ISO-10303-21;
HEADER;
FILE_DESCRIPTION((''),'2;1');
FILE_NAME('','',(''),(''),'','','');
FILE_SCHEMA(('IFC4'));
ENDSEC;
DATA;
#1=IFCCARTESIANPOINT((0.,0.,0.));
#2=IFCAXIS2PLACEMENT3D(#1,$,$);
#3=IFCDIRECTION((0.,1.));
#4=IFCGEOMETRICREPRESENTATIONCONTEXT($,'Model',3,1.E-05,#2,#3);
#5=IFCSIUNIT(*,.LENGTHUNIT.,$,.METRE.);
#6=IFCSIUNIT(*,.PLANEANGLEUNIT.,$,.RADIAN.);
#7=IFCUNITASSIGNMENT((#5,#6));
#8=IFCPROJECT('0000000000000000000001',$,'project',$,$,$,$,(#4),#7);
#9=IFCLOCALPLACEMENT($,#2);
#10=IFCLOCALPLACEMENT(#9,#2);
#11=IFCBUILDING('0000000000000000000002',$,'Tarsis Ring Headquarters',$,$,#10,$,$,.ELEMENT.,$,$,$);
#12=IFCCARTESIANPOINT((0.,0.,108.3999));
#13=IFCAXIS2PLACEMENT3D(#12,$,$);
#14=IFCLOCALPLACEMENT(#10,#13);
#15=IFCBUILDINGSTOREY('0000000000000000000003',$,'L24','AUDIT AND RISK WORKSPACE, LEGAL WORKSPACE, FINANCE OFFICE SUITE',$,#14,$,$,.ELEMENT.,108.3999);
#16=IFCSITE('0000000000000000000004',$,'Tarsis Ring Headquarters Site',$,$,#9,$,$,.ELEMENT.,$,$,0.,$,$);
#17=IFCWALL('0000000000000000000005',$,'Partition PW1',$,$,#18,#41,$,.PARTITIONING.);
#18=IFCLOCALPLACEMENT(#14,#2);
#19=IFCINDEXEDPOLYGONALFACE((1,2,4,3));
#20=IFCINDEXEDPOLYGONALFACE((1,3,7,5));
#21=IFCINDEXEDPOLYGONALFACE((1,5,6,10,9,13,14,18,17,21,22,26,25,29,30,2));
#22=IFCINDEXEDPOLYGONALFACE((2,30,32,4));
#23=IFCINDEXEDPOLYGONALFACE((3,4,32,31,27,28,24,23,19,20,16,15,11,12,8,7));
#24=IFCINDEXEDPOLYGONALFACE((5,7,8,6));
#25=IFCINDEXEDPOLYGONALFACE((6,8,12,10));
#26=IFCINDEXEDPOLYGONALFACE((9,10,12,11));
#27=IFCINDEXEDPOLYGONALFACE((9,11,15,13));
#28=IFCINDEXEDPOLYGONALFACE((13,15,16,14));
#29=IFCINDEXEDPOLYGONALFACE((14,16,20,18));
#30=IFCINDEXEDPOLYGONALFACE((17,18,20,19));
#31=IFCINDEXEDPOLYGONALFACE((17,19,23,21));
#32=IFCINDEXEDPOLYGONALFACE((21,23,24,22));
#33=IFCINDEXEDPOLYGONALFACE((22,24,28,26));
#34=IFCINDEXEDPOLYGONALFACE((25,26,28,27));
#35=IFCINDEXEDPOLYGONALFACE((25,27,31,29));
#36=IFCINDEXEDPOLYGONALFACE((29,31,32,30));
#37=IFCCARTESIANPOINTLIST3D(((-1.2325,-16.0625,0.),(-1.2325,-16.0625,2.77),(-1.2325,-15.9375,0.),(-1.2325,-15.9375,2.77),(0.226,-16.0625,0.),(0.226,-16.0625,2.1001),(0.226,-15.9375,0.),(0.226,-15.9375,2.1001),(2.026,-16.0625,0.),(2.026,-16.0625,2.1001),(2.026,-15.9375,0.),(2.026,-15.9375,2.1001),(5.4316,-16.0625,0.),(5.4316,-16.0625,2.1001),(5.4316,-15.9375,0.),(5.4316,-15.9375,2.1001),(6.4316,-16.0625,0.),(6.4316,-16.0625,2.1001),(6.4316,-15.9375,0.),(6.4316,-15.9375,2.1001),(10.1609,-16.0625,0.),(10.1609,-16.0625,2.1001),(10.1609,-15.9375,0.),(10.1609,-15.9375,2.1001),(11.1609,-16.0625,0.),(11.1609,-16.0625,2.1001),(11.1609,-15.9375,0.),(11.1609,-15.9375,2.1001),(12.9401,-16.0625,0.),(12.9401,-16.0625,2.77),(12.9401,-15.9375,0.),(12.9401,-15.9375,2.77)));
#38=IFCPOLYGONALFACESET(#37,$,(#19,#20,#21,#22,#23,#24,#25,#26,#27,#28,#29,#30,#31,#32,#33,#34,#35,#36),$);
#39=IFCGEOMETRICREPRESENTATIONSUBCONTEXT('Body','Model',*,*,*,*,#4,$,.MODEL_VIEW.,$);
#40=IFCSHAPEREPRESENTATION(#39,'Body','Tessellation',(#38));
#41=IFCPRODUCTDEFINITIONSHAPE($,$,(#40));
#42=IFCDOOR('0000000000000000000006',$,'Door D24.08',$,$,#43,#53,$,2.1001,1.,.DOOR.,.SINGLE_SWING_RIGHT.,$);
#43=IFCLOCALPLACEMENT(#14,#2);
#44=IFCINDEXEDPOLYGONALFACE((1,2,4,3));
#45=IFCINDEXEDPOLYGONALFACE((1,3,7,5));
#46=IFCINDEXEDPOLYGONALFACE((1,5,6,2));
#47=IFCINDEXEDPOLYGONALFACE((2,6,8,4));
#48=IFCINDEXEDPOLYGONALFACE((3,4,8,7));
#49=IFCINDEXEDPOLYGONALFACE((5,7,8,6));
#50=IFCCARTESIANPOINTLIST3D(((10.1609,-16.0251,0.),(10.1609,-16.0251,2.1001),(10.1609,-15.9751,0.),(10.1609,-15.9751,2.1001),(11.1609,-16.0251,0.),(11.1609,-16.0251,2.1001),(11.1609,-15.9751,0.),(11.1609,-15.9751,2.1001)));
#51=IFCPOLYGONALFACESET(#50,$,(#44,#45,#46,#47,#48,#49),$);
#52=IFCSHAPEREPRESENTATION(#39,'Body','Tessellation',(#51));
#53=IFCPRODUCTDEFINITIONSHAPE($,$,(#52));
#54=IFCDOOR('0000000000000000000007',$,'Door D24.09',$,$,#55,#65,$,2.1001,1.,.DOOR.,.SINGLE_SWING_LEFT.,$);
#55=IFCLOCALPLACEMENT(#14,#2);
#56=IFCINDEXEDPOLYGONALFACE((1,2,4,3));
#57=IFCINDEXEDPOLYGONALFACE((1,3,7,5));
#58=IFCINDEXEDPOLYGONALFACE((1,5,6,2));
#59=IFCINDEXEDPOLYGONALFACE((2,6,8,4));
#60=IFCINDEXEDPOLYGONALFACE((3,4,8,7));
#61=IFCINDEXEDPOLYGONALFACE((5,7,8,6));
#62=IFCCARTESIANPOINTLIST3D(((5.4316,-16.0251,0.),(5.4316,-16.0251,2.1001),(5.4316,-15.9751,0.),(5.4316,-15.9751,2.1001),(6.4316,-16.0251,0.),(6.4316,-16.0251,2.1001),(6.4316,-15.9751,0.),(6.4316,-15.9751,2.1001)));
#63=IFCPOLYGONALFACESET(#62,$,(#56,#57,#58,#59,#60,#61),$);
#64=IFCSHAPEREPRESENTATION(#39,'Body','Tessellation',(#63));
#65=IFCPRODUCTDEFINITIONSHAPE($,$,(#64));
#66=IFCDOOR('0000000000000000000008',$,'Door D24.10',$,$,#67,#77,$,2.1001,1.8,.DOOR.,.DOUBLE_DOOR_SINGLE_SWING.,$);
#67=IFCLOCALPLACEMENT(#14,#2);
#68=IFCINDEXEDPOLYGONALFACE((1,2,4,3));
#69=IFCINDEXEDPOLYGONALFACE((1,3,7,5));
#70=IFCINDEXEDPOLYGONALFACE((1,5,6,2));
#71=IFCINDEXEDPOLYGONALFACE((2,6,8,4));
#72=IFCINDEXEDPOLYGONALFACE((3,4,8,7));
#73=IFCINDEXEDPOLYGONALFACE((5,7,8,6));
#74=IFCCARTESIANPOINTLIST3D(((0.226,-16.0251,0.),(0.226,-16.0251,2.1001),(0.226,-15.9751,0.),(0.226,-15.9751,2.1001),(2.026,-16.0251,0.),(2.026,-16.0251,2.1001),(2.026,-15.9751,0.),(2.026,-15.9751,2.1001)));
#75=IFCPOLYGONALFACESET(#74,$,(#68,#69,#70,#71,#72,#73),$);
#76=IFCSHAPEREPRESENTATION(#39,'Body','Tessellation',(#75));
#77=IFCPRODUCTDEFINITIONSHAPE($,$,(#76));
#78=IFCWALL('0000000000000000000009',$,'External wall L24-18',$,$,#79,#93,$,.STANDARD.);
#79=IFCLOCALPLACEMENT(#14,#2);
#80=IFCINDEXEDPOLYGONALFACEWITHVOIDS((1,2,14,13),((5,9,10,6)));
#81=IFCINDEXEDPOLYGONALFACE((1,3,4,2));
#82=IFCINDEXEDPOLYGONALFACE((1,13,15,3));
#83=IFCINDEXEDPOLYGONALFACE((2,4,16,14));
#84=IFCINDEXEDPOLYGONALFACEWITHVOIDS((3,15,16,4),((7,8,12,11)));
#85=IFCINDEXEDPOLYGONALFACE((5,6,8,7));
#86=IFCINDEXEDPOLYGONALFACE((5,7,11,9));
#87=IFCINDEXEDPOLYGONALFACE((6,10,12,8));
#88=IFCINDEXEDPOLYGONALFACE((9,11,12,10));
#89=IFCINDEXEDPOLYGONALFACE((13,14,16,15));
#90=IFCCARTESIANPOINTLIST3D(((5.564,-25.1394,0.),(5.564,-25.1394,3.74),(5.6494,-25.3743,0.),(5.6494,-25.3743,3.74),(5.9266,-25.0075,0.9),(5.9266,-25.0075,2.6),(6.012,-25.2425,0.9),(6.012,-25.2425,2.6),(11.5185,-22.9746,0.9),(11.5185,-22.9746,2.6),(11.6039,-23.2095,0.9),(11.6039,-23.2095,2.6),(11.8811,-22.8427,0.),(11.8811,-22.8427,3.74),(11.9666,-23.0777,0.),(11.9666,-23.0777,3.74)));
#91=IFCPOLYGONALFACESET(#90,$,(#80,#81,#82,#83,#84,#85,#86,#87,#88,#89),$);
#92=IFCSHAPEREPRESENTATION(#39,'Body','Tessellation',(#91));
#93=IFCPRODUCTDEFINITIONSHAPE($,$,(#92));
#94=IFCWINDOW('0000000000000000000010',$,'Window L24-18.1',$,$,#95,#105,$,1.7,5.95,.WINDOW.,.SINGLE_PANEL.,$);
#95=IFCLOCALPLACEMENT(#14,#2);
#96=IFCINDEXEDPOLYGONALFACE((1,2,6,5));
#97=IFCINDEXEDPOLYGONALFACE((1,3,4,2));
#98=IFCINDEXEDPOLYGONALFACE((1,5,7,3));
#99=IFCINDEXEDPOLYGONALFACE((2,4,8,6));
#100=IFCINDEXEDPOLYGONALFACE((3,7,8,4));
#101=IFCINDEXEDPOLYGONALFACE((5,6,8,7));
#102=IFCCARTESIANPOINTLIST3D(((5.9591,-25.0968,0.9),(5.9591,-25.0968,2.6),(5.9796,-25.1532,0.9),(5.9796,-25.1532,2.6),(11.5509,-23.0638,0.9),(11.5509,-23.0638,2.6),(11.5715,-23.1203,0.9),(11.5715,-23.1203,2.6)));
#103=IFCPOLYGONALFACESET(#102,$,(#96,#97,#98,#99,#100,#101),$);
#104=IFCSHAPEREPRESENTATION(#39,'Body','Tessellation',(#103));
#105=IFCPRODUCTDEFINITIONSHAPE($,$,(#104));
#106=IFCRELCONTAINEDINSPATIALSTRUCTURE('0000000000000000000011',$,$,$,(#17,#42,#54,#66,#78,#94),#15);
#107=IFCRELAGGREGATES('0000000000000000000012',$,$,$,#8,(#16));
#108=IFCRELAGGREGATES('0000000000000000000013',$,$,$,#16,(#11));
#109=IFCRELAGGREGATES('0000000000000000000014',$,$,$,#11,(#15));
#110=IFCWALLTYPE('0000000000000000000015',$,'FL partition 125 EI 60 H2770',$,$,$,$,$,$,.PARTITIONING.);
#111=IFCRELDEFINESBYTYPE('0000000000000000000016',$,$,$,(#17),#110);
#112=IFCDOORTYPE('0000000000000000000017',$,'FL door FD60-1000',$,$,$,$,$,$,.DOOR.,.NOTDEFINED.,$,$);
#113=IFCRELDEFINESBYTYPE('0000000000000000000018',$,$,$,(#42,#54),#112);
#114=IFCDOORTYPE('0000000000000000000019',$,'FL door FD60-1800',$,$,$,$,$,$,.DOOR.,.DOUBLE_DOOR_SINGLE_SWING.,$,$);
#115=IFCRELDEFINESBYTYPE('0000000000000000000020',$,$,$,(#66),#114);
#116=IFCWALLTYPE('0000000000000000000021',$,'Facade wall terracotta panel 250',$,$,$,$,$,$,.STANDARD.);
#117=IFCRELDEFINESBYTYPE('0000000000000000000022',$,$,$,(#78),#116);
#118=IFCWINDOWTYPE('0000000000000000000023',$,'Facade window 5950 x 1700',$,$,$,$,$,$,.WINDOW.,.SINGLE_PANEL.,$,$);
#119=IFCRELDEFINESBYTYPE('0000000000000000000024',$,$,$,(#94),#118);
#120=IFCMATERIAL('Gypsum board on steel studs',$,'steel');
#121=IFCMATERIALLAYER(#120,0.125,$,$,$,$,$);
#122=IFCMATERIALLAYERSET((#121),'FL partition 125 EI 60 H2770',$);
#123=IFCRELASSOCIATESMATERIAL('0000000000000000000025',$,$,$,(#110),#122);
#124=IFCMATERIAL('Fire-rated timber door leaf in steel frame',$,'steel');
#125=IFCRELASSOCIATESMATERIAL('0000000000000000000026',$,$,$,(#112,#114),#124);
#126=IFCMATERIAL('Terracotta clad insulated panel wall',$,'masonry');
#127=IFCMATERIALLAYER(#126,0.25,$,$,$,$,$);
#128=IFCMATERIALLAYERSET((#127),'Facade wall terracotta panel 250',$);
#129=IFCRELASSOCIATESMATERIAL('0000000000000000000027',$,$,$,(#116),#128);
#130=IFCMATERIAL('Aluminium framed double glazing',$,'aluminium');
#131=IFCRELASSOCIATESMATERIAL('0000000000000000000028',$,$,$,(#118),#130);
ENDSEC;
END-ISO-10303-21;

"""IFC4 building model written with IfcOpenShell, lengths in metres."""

from ifc_helpers import new_model, si_unit, direction, frame, frame_2d, origin, place, context, subcontext, project, spatial, rectangle, extrude, material, layer, layer_set, type_object, element, fill, save


model = new_model("IFC4")

# Units and contexts
model_context = context("Model", 3, precision=1e-05, world=origin(), true_north=direction((0.0, 1.0)))
body_context = subcontext(model_context, "Body", "Model", "MODEL_VIEW")
ifc_project = project(units=[si_unit("LENGTHUNIT", "METRE"), si_unit("PLANEANGLEUNIT", "RADIAN")], contexts=[model_context])

# Site, building, storey
site_placement = place(None, origin())
site = spatial("IfcSite", under=ifc_project, at=site_placement, Name="Tarsis Ring Headquarters Site", CompositionType="ELEMENT", RefElevation=0.0)
building_placement = place(site_placement, origin())
building = spatial("IfcBuilding", under=site, at=building_placement, Name="Tarsis Ring Headquarters", CompositionType="ELEMENT")
storey_placement = place(building_placement, frame((0.0, 0.0, 108.3999)))
storey = spatial("IfcBuildingStorey", under=building, at=storey_placement, Name="L24", Description="AUDIT AND RISK WORKSPACE, LEGAL WORKSPACE, FINANCE OFFICE SUITE", CompositionType="ELEMENT", Elevation=108.3999)

# Shared definitions
ifc_material_1 = material(Name="Gypsum board on steel studs", Category="steel")

# Wall, openings, doors
ifc_layer_1 = layer(ifc_material_1, 0.125)
ifc_layer_set_1 = layer_set([ifc_layer_1], Name="FL partition 125 EI 60 H2770")
wall_type_1 = type_object("IfcWallType", Name="FL partition 125 EI 60 H2770", PredefinedType="PARTITIONING", material=ifc_layer_set_1)
wall_1_placement = place(storey_placement, frame((-1.2327, -16.0, 0.0), z_axis=(0.0, 0.0, 1.0), x_axis=(1.0, 0.0, 0.0)))
wall_1 = element("IfcWall", 1, at=wall_1_placement, inside=storey, type_object=wall_type_1, Name="Partition PW1", PredefinedType="PARTITIONING", context=body_context, shape_type="SweptSolid", body=[
    extrude(rectangle(XDim=14.1726, YDim=0.125, at=frame_2d((7.0864, 0.0))), origin(), (0.0, 0.0, 1.0), 2.77),
])
opening_1_placement = place(wall_1_placement, frame((11.3936, 0.0, 0.0)))
opening_1 = element("IfcOpeningElement", 2, at=opening_1_placement, cuts=wall_1, PredefinedType="OPENING", context=body_context, shape_type="SweptSolid", body=[
    extrude(rectangle(XDim=1.0, YDim=2.1001, at=frame_2d((0.5, 1.05))), frame((0.0, 0.0725, 0.0), z_axis=(0.0, -1.0, 0.0), x_axis=(1.0, 0.0, 0.0)), (0.0, 0.0, 1.0), 0.145),
])
opening_2_placement = place(wall_1_placement, frame((6.6643, 0.0, 0.0)))
opening_2 = element("IfcOpeningElement", 3, at=opening_2_placement, cuts=wall_1, PredefinedType="OPENING", context=body_context, shape_type="SweptSolid", body=[
    extrude(rectangle(XDim=1.0, YDim=2.1001, at=frame_2d((0.5, 1.05))), frame((0.0, 0.0725, 0.0), z_axis=(0.0, -1.0, 0.0), x_axis=(1.0, 0.0, 0.0)), (0.0, 0.0, 1.0), 0.145),
])
opening_3_placement = place(wall_1_placement, frame((1.4587, 0.0, 0.0)))
opening_3 = element("IfcOpeningElement", 4, at=opening_3_placement, cuts=wall_1, PredefinedType="OPENING", context=body_context, shape_type="SweptSolid", body=[
    extrude(rectangle(XDim=1.8, YDim=2.1001, at=frame_2d((0.8999, 1.05))), frame((0.0, 0.0725, 0.0), z_axis=(0.0, -1.0, 0.0), x_axis=(1.0, 0.0, 0.0)), (0.0, 0.0, 1.0), 0.145),
])
ifc_material_2 = material(Name="Fire-rated timber door leaf in steel frame", Category="steel")
door_type_1 = type_object("IfcDoorType", Name="FL door FD60-1000", OperationType="NOTDEFINED", PredefinedType="DOOR", material=ifc_material_2)
door_1_placement = place(opening_1_placement, origin())
door_1 = element("IfcDoor", 5, at=door_1_placement, inside=storey, type_object=door_type_1, Name="Door D24.08", OperationType="SINGLE_SWING_RIGHT", OverallHeight=2.1001, OverallWidth=1.0, PredefinedType="DOOR", context=body_context, shape_type="SweptSolid", body=[
    extrude(rectangle(XDim=1.0, YDim=2.1001, at=frame_2d((0.5, 1.05))), frame((0.0, 0.0249, 0.0), z_axis=(0.0, -1.0, 0.0), x_axis=(1.0, 0.0, 0.0)), (0.0, 0.0, 1.0), 0.05),
])
fill(opening_1, door_1)
door_2_placement = place(opening_2_placement, origin())
door_2 = element("IfcDoor", 6, at=door_2_placement, inside=storey, type_object=door_type_1, Name="Door D24.09", OperationType="SINGLE_SWING_LEFT", OverallHeight=2.1001, OverallWidth=1.0, PredefinedType="DOOR", context=body_context, shape_type="SweptSolid", body=[
    extrude(rectangle(XDim=1.0, YDim=2.1001, at=frame_2d((0.5, 1.05))), frame((0.0, 0.0249, 0.0), z_axis=(0.0, -1.0, 0.0), x_axis=(1.0, 0.0, 0.0)), (0.0, 0.0, 1.0), 0.05),
])
fill(opening_2, door_2)
door_type_2 = type_object("IfcDoorType", Name="FL door FD60-1800", OperationType="DOUBLE_DOOR_SINGLE_SWING", PredefinedType="DOOR", material=ifc_material_2)
door_3_placement = place(opening_3_placement, origin())
door_3 = element("IfcDoor", 7, at=door_3_placement, inside=storey, type_object=door_type_2, Name="Door D24.10", OperationType="DOUBLE_DOOR_SINGLE_SWING", OverallHeight=2.1001, OverallWidth=1.8, PredefinedType="DOOR", context=body_context, shape_type="SweptSolid", body=[
    extrude(rectangle(XDim=1.8, YDim=2.1001, at=frame_2d((0.8999, 1.05))), frame((0.0, 0.0249, 0.0), z_axis=(0.0, -1.0, 0.0), x_axis=(1.0, 0.0, 0.0)), (0.0, 0.0, 1.0), 0.05),
])
fill(opening_3, door_3)

# Wall, opening, window
ifc_material_3 = material(Name="Terracotta clad insulated panel wall", Category="masonry")
ifc_layer_2 = layer(ifc_material_3, 0.25)
ifc_layer_set_2 = layer_set([ifc_layer_2], Name="Facade wall terracotta panel 250")
wall_type_2 = type_object("IfcWallType", Name="Facade wall terracotta panel 250", PredefinedType="STANDARD", material=ifc_layer_set_2)
wall_2_placement = place(storey_placement, frame((5.6067, -25.2568, 0.0), z_axis=(0.0, 0.0, 1.0), x_axis=(0.939818, 0.341676, 0.0)))
wall_2 = element("IfcWall", 8, at=wall_2_placement, inside=storey, type_object=wall_type_2, Name="External wall L24-18", PredefinedType="STANDARD", context=body_context, shape_type="SweptSolid", body=[
    extrude(rectangle(XDim=6.7217, YDim=0.25, at=frame_2d((3.3608, 0.0))), origin(), (0.0, 0.0, 1.0), 3.74),
])
opening_4_placement = place(wall_2_placement, frame((0.3857, 0.0, 0.8999)))
opening_4 = element("IfcOpeningElement", 9, at=opening_4_placement, cuts=wall_2, PredefinedType="OPENING", context=body_context, shape_type="SweptSolid", body=[
    extrude(rectangle(XDim=5.95, YDim=1.7, at=frame_2d((2.9751, 0.8501))), frame((0.0, 0.135, 0.0), z_axis=(0.0, -1.0, 0.0), x_axis=(1.0, 0.0, 0.0)), (0.0, 0.0, 1.0), 0.27),
])
ifc_material_4 = material(Name="Aluminium framed double glazing", Category="aluminium")
window_type = type_object("IfcWindowType", Name="Facade window 5950 x 1700", PartitioningType="SINGLE_PANEL", PredefinedType="WINDOW", material=ifc_material_4)
window_placement = place(opening_4_placement, origin())
window = element("IfcWindow", 10, at=window_placement, inside=storey, type_object=window_type, Name="Window L24-18.1", OverallHeight=1.7, OverallWidth=5.95, PartitioningType="SINGLE_PANEL", PredefinedType="WINDOW", context=body_context, shape_type="SweptSolid", body=[
    extrude(rectangle(XDim=5.95, YDim=1.7, at=frame_2d((2.9751, 0.8501))), frame((0.0, 0.03, 0.0), z_axis=(0.0, -1.0, 0.0), x_axis=(1.0, 0.0, 0.0)), (0.0, 0.0, 1.0), 0.0601),
])
fill(opening_4, window)

save(model, "model.ifc")
